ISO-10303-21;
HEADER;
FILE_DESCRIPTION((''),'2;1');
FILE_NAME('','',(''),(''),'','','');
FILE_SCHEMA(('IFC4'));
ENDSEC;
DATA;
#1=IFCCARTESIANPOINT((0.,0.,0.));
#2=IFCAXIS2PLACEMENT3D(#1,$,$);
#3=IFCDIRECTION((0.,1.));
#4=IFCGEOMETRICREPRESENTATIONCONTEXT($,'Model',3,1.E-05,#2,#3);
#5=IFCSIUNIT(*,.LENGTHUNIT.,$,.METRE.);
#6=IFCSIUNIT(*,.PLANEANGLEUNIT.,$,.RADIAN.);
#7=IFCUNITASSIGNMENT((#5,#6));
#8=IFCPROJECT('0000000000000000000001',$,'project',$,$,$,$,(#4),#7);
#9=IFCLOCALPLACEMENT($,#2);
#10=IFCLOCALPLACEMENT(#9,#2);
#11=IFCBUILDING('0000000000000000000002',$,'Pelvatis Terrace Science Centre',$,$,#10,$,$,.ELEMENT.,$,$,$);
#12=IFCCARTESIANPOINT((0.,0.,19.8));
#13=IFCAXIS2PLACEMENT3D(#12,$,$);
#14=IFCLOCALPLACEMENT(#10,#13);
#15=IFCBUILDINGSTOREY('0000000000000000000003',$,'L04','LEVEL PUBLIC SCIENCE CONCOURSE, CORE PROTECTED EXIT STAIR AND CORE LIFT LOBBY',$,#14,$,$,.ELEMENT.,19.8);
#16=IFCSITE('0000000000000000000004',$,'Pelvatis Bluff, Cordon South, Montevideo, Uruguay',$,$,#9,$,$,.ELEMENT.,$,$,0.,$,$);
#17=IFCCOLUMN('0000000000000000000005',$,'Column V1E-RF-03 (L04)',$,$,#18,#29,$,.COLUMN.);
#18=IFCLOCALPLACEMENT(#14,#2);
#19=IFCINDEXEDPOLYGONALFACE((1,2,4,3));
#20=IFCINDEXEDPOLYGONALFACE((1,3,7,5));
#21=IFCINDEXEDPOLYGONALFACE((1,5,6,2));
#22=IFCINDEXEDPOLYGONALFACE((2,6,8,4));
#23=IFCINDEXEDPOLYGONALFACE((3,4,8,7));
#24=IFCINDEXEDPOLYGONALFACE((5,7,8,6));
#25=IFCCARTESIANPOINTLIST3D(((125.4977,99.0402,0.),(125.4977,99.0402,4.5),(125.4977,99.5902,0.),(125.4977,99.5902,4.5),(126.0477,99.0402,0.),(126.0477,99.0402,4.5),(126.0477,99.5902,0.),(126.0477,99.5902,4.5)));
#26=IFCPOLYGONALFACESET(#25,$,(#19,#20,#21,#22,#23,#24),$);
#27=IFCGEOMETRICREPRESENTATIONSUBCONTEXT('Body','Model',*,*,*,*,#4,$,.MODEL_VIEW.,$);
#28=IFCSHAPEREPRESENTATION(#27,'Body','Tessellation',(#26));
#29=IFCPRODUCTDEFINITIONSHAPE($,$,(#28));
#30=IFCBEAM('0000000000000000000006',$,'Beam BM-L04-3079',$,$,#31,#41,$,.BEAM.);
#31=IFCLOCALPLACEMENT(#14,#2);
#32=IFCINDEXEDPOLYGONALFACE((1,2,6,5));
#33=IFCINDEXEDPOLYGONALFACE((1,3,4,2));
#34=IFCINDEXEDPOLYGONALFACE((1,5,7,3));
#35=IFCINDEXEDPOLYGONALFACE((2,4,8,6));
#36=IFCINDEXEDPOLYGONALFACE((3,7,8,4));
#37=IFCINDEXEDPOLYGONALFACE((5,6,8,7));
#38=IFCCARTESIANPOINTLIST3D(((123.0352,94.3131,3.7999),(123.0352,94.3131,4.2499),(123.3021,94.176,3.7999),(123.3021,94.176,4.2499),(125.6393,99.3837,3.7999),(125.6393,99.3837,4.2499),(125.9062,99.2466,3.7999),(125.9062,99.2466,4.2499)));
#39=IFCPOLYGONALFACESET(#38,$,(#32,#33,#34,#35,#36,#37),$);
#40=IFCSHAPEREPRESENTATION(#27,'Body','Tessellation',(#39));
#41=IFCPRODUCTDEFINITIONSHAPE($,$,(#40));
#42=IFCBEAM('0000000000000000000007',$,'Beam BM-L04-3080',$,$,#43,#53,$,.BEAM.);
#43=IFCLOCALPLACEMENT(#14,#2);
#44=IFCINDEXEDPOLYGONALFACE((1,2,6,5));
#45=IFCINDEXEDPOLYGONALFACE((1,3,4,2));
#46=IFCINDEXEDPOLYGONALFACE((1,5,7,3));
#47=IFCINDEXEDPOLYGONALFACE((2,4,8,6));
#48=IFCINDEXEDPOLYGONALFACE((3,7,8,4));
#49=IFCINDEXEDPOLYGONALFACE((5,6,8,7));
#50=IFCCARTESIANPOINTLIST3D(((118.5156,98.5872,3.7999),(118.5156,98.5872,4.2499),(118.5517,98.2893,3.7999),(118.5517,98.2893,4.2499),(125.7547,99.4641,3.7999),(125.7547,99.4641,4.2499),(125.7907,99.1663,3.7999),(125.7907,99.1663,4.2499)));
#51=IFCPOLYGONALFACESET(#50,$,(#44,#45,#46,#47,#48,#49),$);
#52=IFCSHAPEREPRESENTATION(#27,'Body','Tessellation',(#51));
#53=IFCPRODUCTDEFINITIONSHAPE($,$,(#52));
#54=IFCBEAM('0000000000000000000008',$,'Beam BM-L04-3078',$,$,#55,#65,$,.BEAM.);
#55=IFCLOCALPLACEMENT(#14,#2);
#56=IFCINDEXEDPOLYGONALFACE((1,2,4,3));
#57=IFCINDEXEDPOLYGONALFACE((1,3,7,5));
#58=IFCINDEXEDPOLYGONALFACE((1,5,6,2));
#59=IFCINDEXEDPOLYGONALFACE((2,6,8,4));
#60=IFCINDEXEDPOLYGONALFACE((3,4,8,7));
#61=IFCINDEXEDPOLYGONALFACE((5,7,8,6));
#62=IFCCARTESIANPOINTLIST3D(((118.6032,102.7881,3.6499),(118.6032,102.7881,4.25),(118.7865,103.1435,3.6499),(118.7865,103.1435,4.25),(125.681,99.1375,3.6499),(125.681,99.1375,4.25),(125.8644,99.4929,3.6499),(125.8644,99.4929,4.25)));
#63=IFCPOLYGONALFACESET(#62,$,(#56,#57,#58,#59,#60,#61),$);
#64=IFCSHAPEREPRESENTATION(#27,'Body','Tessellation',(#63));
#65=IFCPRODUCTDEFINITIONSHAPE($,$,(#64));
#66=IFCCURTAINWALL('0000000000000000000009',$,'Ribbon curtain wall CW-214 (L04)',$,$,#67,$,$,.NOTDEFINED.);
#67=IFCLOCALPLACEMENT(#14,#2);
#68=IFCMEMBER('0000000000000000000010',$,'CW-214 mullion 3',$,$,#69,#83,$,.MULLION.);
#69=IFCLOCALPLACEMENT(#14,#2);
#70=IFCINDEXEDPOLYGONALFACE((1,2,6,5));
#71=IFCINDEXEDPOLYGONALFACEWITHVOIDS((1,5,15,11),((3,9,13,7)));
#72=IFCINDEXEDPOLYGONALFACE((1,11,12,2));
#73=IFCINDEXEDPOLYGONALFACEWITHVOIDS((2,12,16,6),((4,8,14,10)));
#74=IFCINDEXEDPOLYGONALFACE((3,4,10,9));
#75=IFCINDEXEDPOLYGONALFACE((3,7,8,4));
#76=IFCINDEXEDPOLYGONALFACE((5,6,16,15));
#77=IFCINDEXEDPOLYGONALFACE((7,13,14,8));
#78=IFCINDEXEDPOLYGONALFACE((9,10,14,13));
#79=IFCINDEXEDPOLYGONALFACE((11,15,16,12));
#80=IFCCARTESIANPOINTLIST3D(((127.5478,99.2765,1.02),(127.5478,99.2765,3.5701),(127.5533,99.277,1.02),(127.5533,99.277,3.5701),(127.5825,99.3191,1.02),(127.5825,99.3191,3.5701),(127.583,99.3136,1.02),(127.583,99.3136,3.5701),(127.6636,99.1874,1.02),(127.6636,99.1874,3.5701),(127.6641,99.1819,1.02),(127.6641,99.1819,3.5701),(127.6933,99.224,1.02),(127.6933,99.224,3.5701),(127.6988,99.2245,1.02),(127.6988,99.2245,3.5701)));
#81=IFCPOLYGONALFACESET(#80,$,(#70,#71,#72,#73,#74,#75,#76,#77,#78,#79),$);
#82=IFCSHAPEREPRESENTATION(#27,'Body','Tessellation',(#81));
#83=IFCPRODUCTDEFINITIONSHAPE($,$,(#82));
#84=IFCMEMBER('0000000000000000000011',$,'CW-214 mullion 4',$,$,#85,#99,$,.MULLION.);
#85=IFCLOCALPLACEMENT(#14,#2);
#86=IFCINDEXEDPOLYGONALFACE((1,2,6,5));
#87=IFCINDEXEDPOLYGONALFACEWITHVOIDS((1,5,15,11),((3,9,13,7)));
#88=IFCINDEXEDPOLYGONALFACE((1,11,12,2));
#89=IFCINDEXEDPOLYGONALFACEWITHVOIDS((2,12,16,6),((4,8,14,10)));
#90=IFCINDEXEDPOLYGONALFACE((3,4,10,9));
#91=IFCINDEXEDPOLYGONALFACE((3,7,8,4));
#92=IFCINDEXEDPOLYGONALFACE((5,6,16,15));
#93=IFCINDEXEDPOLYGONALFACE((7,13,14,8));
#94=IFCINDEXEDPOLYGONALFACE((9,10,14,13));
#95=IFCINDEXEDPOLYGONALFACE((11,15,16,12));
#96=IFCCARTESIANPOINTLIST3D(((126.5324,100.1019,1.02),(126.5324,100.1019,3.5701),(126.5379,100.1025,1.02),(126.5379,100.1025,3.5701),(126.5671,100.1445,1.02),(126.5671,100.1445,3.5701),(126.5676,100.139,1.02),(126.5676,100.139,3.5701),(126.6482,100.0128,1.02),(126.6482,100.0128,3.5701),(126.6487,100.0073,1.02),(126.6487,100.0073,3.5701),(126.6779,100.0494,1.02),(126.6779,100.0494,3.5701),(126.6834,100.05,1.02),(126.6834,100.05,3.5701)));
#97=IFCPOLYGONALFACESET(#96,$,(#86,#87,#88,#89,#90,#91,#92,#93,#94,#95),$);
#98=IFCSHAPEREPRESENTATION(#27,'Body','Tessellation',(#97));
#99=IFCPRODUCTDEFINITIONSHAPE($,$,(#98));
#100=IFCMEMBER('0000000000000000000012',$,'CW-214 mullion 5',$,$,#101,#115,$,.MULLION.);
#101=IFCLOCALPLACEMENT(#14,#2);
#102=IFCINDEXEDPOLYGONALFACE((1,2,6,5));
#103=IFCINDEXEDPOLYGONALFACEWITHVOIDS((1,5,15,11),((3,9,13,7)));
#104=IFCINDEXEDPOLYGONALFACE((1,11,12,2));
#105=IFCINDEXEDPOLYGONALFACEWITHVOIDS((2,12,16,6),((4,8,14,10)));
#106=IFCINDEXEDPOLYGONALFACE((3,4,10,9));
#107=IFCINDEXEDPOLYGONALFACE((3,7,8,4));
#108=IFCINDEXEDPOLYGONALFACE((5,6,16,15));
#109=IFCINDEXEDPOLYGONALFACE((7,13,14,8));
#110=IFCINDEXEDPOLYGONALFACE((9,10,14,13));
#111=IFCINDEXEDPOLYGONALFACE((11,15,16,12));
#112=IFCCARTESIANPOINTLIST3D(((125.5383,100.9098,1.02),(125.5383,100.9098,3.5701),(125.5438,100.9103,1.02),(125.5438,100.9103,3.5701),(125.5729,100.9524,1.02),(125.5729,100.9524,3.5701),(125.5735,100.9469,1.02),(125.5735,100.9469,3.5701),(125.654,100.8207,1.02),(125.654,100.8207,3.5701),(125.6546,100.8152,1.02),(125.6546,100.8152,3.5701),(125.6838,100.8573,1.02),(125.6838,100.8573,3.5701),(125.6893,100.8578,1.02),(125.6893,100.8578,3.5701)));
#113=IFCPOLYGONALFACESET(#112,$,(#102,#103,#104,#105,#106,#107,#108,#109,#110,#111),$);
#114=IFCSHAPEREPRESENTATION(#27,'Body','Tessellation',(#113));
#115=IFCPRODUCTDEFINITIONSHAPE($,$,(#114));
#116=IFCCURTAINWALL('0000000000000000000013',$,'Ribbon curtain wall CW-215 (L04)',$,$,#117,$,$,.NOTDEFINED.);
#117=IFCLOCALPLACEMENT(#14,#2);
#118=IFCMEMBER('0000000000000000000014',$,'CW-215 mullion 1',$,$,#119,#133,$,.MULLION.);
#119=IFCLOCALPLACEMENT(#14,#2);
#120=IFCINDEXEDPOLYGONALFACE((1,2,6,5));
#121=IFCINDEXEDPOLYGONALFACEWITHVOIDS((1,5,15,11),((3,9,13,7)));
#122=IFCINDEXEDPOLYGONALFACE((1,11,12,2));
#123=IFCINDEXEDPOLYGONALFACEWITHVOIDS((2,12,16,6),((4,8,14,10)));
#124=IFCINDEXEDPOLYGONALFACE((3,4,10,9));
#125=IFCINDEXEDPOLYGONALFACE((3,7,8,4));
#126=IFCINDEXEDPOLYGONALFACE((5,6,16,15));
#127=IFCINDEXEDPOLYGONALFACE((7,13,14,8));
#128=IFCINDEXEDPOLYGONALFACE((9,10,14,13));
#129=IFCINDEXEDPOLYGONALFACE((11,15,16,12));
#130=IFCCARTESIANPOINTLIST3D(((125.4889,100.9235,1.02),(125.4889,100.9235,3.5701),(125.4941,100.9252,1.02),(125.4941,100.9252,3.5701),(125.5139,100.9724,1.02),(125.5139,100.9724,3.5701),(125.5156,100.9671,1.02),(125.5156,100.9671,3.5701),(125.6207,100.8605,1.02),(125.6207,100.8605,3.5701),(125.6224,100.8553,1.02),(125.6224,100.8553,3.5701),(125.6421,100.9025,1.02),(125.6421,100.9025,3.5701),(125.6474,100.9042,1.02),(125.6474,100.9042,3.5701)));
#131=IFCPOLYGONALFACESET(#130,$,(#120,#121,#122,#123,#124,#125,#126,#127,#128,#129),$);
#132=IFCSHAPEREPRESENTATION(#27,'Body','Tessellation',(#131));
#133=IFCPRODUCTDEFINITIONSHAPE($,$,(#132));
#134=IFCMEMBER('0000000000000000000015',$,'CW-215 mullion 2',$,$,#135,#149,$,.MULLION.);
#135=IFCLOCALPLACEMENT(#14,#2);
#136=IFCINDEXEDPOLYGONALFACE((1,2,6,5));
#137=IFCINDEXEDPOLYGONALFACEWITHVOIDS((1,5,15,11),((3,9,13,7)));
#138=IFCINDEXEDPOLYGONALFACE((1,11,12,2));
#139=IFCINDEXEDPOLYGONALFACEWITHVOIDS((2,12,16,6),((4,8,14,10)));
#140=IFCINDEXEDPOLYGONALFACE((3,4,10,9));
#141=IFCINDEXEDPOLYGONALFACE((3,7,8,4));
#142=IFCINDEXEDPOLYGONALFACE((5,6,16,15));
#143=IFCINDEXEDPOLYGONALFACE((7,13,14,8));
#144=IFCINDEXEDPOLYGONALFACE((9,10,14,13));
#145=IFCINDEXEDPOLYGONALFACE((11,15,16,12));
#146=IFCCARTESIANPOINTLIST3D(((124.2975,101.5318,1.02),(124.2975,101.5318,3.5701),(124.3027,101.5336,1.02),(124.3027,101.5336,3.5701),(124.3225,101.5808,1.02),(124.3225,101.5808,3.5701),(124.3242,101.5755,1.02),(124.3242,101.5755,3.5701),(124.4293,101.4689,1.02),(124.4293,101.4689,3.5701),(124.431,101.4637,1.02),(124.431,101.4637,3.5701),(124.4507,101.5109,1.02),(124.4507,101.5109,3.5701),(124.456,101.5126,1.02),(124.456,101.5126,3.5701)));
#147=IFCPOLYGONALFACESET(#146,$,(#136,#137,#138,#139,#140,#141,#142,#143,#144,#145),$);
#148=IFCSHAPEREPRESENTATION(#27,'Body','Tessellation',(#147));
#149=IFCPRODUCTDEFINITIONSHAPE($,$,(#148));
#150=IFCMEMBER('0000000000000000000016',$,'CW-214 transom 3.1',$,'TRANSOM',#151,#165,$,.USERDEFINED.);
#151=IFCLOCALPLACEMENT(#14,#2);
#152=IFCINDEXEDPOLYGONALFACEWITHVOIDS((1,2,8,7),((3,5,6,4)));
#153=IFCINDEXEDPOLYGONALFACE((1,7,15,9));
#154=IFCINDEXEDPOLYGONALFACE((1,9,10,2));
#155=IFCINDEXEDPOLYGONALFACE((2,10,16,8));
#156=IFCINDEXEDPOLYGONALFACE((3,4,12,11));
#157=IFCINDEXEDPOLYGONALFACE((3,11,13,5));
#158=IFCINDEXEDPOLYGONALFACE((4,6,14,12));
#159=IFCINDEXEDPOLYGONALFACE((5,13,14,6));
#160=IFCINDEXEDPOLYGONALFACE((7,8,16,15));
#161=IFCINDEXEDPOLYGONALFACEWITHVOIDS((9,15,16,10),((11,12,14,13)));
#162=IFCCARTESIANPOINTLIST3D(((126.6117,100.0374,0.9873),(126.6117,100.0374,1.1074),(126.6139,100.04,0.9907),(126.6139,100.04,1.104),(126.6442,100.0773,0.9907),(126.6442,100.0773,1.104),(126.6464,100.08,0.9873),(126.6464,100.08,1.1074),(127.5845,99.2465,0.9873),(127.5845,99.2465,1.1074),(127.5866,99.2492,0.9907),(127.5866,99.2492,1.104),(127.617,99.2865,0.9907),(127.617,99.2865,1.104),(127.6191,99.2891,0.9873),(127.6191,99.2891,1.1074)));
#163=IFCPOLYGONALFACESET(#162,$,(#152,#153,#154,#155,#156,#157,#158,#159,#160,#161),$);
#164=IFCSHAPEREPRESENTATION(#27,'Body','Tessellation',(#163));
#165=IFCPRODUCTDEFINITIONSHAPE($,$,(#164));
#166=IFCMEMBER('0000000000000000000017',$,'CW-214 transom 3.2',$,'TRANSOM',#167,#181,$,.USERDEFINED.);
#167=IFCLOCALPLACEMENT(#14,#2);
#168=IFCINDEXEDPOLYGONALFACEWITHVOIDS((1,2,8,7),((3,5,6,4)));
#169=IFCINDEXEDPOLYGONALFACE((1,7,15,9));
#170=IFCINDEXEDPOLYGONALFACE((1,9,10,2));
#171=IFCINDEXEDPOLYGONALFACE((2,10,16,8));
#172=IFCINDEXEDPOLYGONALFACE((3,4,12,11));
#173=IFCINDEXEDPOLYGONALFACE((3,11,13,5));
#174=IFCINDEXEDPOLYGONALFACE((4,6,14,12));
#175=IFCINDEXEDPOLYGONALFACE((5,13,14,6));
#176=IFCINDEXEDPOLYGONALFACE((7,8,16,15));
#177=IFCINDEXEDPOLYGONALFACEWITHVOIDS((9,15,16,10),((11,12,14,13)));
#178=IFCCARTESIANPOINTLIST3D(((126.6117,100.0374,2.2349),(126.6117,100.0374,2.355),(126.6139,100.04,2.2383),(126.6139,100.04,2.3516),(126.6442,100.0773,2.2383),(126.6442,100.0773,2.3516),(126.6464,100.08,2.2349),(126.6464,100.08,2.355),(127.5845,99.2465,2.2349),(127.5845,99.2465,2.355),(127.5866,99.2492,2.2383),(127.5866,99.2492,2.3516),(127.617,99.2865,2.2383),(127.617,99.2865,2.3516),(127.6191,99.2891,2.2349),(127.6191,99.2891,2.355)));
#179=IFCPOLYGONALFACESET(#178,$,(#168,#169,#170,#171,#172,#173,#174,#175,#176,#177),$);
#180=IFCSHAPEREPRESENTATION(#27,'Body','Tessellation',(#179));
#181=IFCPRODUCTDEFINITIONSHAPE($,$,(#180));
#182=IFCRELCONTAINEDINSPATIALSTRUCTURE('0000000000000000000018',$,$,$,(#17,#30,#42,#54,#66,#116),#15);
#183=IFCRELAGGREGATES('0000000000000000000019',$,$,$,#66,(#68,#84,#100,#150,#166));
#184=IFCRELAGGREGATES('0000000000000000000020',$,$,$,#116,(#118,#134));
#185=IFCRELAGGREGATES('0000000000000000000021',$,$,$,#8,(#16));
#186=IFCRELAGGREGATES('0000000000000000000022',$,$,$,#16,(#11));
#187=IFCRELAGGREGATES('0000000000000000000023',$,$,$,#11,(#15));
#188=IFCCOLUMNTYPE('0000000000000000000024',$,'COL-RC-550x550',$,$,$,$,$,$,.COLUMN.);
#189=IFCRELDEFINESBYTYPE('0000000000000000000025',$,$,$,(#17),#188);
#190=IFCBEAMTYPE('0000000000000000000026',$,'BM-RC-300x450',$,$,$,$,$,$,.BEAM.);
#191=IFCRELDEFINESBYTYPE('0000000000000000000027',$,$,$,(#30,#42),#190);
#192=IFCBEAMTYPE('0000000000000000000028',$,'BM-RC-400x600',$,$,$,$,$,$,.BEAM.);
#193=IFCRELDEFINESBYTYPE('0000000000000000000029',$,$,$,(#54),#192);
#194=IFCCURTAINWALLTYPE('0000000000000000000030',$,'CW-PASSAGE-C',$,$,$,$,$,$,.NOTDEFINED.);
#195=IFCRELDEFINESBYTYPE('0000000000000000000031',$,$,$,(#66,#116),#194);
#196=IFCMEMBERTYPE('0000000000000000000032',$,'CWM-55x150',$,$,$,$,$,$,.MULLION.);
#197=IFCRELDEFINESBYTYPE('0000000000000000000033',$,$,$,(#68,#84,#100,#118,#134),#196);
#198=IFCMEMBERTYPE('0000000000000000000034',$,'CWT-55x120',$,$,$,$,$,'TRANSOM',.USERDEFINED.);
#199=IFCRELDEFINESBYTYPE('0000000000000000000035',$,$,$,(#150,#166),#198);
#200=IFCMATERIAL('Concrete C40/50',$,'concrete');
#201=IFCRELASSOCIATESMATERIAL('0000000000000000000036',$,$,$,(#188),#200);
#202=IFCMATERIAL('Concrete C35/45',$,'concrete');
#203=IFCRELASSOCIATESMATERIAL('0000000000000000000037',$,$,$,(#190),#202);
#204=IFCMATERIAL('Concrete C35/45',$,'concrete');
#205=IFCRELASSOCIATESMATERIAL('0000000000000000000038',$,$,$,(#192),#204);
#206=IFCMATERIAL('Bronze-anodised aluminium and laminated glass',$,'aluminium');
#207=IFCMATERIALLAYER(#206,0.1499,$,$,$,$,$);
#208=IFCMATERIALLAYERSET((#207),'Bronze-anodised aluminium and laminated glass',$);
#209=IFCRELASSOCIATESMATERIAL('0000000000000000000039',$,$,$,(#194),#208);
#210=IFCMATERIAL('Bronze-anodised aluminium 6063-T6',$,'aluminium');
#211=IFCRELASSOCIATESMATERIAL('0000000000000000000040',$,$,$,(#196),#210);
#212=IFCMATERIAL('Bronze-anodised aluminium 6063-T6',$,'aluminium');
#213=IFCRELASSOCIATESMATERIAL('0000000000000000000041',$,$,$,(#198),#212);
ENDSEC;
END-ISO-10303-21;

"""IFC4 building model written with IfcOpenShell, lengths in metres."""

from ifc_helpers import new_model, si_unit, direction, frame, origin, origin_2d, place, context, subcontext, project, spatial, rectangle, hollow_rectangle, extrude, material, layer, layer_set, material_profile, profile_set, type_object, element, aggregate, save


model = new_model("IFC4")

# Units and contexts
model_context = context("Model", 3, precision=1e-05, world=origin(), true_north=direction((0.0, 1.0)))
body_context = subcontext(model_context, "Body", "Model", "MODEL_VIEW")
ifc_project = project(units=[si_unit("LENGTHUNIT", "METRE"), si_unit("PLANEANGLEUNIT", "RADIAN")], contexts=[model_context])

# Site, building, storey
site_placement = place(None, origin())
site = spatial("IfcSite", under=ifc_project, at=site_placement, Name="Pelvatis Bluff, Cordon South, Montevideo, Uruguay", CompositionType="ELEMENT", RefElevation=0.0)
building_placement = place(site_placement, origin())
building = spatial("IfcBuilding", under=site, at=building_placement, Name="Pelvatis Terrace Science Centre", CompositionType="ELEMENT")
storey_placement = place(building_placement, frame((0.0, 0.0, 19.8)))
storey = spatial("IfcBuildingStorey", under=building, at=storey_placement, Name="L04", Description="LEVEL PUBLIC SCIENCE CONCOURSE, CORE PROTECTED EXIT STAIR AND CORE LIFT LOBBY", CompositionType="ELEMENT", Elevation=19.8)

# Column
ifc_material_1 = material(Name="Concrete C40/50", Category="concrete")
ifc_material_profile_1 = material_profile(ifc_material_1, rectangle(XDim=0.55, YDim=0.55, at=origin_2d()), Name="RC-COL 550x550")
ifc_profile_set_1 = profile_set([ifc_material_profile_1], Name="Concrete C40/50")
column_type = type_object("IfcColumnType", Name="COL-RC-550x550", PredefinedType="COLUMN", material=ifc_profile_set_1)
column_placement = place(storey_placement, frame((125.7727, 99.3152, 0.0), z_axis=(0.0, 0.0, 1.0), x_axis=(1.0, 0.0, 0.0)))
element("IfcColumn", 1, at=column_placement, inside=storey, type_object=column_type, Name="Column V1E-RF-03 (L04)", PredefinedType="COLUMN", context=body_context, shape_type="SweptSolid", body=[
    extrude(rectangle(XDim=0.55, YDim=0.55, at=origin_2d()), origin(), (0.0, 0.0, 1.0), 4.5),
])

# Beams
ifc_material_2 = material(Name="Concrete C35/45", Category="concrete")
ifc_material_profile_2 = material_profile(ifc_material_2, rectangle(XDim=0.3, YDim=0.45, at=origin_2d()), Name="RC-BM 300x450")
ifc_profile_set_2 = profile_set([ifc_material_profile_2], Name="Concrete C35/45")
beam_type_1 = type_object("IfcBeamType", Name="BM-RC-300x450", PredefinedType="BEAM", material=ifc_profile_set_2)
beam_1_placement = place(storey_placement, frame((125.7727, 99.3152, 4.0249), z_axis=(-0.456833, -0.889552, 0.0), x_axis=(0.889552, -0.456833, 0.0)))
element("IfcBeam", 2, at=beam_1_placement, inside=storey, type_object=beam_type_1, Name="Beam BM-L04-3079", PredefinedType="BEAM", context=body_context, shape_type="SweptSolid", body=[
    extrude(rectangle(XDim=0.3, YDim=0.45, at=origin_2d()), origin(), (0.0, 0.0, 1.0), 5.7002),
])
beam_2_placement = place(storey_placement, frame((125.7727, 99.3152, 4.0249), z_axis=(-0.992742, -0.120263, 0.0), x_axis=(0.120263, -0.992742, 0.0)))
element("IfcBeam", 3, at=beam_2_placement, inside=storey, type_object=beam_type_1, Name="Beam BM-L04-3080", PredefinedType="BEAM", context=body_context, shape_type="SweptSolid", body=[
    extrude(rectangle(XDim=0.3, YDim=0.45, at=origin_2d()), origin(), (0.0, 0.0, 1.0), 7.292),
])
ifc_material_3 = material(Name="Concrete C35/45", Category="concrete")
ifc_material_profile_3 = material_profile(ifc_material_3, rectangle(XDim=0.3999, YDim=0.6001, at=origin_2d()), Name="RC-BM 400x600")
ifc_profile_set_3 = profile_set([ifc_material_profile_3], Name="Concrete C35/45")
beam_type_2 = type_object("IfcBeamType", Name="BM-RC-400x600", PredefinedType="BEAM", material=ifc_profile_set_3)
beam_3_placement = place(storey_placement, frame((125.7727, 99.3152, 3.95), z_axis=(-0.888747, 0.458398, 0.0), x_axis=(-0.458398, -0.888747, 0.0)))
element("IfcBeam", 4, at=beam_3_placement, inside=storey, type_object=beam_type_2, Name="Beam BM-L04-3078", PredefinedType="BEAM", context=body_context, shape_type="SweptSolid", body=[
    extrude(rectangle(XDim=0.3999, YDim=0.6001, at=origin_2d()), origin(), (0.0, 0.0, 1.0), 7.9639),
])

# Curtain walls, members
ifc_material_4 = material(Name="Bronze-anodised aluminium and laminated glass", Category="aluminium")
ifc_layer_1 = layer(ifc_material_4, 0.1499)
ifc_layer_set_1 = layer_set([ifc_layer_1], Name="Bronze-anodised aluminium and laminated glass")
curtain_wall_type = type_object("IfcCurtainWallType", Name="CW-PASSAGE-C", PredefinedType="NOTDEFINED", material=ifc_layer_set_1)
curtain_wall_1_placement = place(storey_placement, origin())
curtain_wall_1 = element("IfcCurtainWall", 5, at=curtain_wall_1_placement, inside=storey, type_object=curtain_wall_type, Name="Ribbon curtain wall CW-214 (L04)", PredefinedType="NOTDEFINED")
ifc_material_5 = material(Name="Bronze-anodised aluminium 6063-T6", Category="aluminium")
ifc_material_profile_4 = material_profile(ifc_material_5, hollow_rectangle(XDim=0.0549, YDim=0.1499, WallThickness=0.0039, at=origin_2d()), Name="ALU-MUL 55x150")
ifc_profile_set_4 = profile_set([ifc_material_profile_4], Name="Bronze-anodised aluminium 6063-T6")
member_type_1 = type_object("IfcMemberType", Name="CWM-55x150", PredefinedType="MULLION", material=ifc_profile_set_4)
member_1_placement = place(storey_placement, frame((127.6233, 99.2505, 1.02), z_axis=(0.0, 0.0, 1.0), x_axis=(-0.630757, -0.77598, 0.0)))
member_1 = element("IfcMember", 6, at=member_1_placement, type_object=member_type_1, Name="CW-214 mullion 3", PredefinedType="MULLION", context=body_context, shape_type="SweptSolid", body=[
    extrude(hollow_rectangle(XDim=0.0549, YDim=0.1499, WallThickness=0.0039, at=origin_2d()), origin(), (0.0, 0.0, 1.0), 2.55),
])
member_2_placement = place(storey_placement, frame((126.6079, 100.0759, 1.02), z_axis=(0.0, 0.0, 1.0), x_axis=(-0.630757, -0.77598, 0.0)))
member_2 = element("IfcMember", 7, at=member_2_placement, type_object=member_type_1, Name="CW-214 mullion 4", PredefinedType="MULLION", context=body_context, shape_type="SweptSolid", body=[
    extrude(hollow_rectangle(XDim=0.0549, YDim=0.1499, WallThickness=0.0039, at=origin_2d()), origin(), (0.0, 0.0, 1.0), 2.55),
])
member_3_placement = place(storey_placement, frame((125.6138, 100.8838, 1.02), z_axis=(0.0, 0.0, 1.0), x_axis=(-0.630757, -0.77598, 0.0)))
member_3 = element("IfcMember", 8, at=member_3_placement, type_object=member_type_1, Name="CW-214 mullion 5", PredefinedType="MULLION", context=body_context, shape_type="SweptSolid", body=[
    extrude(hollow_rectangle(XDim=0.0549, YDim=0.1499, WallThickness=0.0039, at=origin_2d()), origin(), (0.0, 0.0, 1.0), 2.55),
])
curtain_wall_2_placement = place(storey_placement, origin())
curtain_wall_2 = element("IfcCurtainWall", 9, at=curtain_wall_2_placement, inside=storey, type_object=curtain_wall_type, Name="Ribbon curtain wall CW-215 (L04)", PredefinedType="NOTDEFINED")
member_4_placement = place(storey_placement, frame((125.5681, 100.9138, 1.02), z_axis=(0.0, 0.0, 1.0), x_axis=(-0.454859, -0.890564, 0.0)))
member_4 = element("IfcMember", 10, at=member_4_placement, type_object=member_type_1, Name="CW-215 mullion 1", PredefinedType="MULLION", context=body_context, shape_type="SweptSolid", body=[
    extrude(hollow_rectangle(XDim=0.0549, YDim=0.1499, WallThickness=0.0039, at=origin_2d()), origin(), (0.0, 0.0, 1.0), 2.55),
])
member_5_placement = place(storey_placement, frame((124.3767, 101.5222, 1.02), z_axis=(0.0, 0.0, 1.0), x_axis=(-0.454859, -0.890564, 0.0)))
member_5 = element("IfcMember", 11, at=member_5_placement, type_object=member_type_1, Name="CW-215 mullion 2", PredefinedType="MULLION", context=body_context, shape_type="SweptSolid", body=[
    extrude(hollow_rectangle(XDim=0.0549, YDim=0.1499, WallThickness=0.0039, at=origin_2d()), origin(), (0.0, 0.0, 1.0), 2.55),
])

# Members
ifc_material_6 = material(Name="Bronze-anodised aluminium 6063-T6", Category="aluminium")
ifc_material_profile_5 = material_profile(ifc_material_6, hollow_rectangle(XDim=0.0549, YDim=0.1201, WallThickness=0.0034, at=origin_2d()), Name="ALU-TRN 55x120")
ifc_profile_set_5 = profile_set([ifc_material_profile_5], Name="Bronze-anodised aluminium 6063-T6")
member_type_2 = type_object("IfcMemberType", Name="CWT-55x120", ElementType="TRANSOM", PredefinedType="USERDEFINED", material=ifc_profile_set_5)
member_6_placement = place(storey_placement, frame((127.6018, 99.2678, 1.0474), z_axis=(-0.775923, 0.630827, 0.0), x_axis=(-0.630827, -0.775923, 0.0)))
member_6 = element("IfcMember", 12, at=member_6_placement, type_object=member_type_2, Name="CW-214 transom 3.1", ObjectType="TRANSOM", PredefinedType="USERDEFINED", context=body_context, shape_type="SweptSolid", body=[
    extrude(hollow_rectangle(XDim=0.0549, YDim=0.1201, WallThickness=0.0034, at=origin_2d()), origin(), (0.0, 0.0, 1.0), 1.2537),
])
member_7_placement = place(storey_placement, frame((127.6018, 99.2678, 2.2949), z_axis=(-0.775923, 0.630827, 0.0), x_axis=(-0.630827, -0.775923, 0.0)))
member_7 = element("IfcMember", 13, at=member_7_placement, type_object=member_type_2, Name="CW-214 transom 3.2", ObjectType="TRANSOM", PredefinedType="USERDEFINED", context=body_context, shape_type="SweptSolid", body=[
    extrude(hollow_rectangle(XDim=0.0549, YDim=0.1201, WallThickness=0.0034, at=origin_2d()), origin(), (0.0, 0.0, 1.0), 1.2537),
])

aggregate(curtain_wall_1, [member_1, member_2, member_3, member_6, member_7])
aggregate(curtain_wall_2, [member_4, member_5])

save(model, "model.ifc")
